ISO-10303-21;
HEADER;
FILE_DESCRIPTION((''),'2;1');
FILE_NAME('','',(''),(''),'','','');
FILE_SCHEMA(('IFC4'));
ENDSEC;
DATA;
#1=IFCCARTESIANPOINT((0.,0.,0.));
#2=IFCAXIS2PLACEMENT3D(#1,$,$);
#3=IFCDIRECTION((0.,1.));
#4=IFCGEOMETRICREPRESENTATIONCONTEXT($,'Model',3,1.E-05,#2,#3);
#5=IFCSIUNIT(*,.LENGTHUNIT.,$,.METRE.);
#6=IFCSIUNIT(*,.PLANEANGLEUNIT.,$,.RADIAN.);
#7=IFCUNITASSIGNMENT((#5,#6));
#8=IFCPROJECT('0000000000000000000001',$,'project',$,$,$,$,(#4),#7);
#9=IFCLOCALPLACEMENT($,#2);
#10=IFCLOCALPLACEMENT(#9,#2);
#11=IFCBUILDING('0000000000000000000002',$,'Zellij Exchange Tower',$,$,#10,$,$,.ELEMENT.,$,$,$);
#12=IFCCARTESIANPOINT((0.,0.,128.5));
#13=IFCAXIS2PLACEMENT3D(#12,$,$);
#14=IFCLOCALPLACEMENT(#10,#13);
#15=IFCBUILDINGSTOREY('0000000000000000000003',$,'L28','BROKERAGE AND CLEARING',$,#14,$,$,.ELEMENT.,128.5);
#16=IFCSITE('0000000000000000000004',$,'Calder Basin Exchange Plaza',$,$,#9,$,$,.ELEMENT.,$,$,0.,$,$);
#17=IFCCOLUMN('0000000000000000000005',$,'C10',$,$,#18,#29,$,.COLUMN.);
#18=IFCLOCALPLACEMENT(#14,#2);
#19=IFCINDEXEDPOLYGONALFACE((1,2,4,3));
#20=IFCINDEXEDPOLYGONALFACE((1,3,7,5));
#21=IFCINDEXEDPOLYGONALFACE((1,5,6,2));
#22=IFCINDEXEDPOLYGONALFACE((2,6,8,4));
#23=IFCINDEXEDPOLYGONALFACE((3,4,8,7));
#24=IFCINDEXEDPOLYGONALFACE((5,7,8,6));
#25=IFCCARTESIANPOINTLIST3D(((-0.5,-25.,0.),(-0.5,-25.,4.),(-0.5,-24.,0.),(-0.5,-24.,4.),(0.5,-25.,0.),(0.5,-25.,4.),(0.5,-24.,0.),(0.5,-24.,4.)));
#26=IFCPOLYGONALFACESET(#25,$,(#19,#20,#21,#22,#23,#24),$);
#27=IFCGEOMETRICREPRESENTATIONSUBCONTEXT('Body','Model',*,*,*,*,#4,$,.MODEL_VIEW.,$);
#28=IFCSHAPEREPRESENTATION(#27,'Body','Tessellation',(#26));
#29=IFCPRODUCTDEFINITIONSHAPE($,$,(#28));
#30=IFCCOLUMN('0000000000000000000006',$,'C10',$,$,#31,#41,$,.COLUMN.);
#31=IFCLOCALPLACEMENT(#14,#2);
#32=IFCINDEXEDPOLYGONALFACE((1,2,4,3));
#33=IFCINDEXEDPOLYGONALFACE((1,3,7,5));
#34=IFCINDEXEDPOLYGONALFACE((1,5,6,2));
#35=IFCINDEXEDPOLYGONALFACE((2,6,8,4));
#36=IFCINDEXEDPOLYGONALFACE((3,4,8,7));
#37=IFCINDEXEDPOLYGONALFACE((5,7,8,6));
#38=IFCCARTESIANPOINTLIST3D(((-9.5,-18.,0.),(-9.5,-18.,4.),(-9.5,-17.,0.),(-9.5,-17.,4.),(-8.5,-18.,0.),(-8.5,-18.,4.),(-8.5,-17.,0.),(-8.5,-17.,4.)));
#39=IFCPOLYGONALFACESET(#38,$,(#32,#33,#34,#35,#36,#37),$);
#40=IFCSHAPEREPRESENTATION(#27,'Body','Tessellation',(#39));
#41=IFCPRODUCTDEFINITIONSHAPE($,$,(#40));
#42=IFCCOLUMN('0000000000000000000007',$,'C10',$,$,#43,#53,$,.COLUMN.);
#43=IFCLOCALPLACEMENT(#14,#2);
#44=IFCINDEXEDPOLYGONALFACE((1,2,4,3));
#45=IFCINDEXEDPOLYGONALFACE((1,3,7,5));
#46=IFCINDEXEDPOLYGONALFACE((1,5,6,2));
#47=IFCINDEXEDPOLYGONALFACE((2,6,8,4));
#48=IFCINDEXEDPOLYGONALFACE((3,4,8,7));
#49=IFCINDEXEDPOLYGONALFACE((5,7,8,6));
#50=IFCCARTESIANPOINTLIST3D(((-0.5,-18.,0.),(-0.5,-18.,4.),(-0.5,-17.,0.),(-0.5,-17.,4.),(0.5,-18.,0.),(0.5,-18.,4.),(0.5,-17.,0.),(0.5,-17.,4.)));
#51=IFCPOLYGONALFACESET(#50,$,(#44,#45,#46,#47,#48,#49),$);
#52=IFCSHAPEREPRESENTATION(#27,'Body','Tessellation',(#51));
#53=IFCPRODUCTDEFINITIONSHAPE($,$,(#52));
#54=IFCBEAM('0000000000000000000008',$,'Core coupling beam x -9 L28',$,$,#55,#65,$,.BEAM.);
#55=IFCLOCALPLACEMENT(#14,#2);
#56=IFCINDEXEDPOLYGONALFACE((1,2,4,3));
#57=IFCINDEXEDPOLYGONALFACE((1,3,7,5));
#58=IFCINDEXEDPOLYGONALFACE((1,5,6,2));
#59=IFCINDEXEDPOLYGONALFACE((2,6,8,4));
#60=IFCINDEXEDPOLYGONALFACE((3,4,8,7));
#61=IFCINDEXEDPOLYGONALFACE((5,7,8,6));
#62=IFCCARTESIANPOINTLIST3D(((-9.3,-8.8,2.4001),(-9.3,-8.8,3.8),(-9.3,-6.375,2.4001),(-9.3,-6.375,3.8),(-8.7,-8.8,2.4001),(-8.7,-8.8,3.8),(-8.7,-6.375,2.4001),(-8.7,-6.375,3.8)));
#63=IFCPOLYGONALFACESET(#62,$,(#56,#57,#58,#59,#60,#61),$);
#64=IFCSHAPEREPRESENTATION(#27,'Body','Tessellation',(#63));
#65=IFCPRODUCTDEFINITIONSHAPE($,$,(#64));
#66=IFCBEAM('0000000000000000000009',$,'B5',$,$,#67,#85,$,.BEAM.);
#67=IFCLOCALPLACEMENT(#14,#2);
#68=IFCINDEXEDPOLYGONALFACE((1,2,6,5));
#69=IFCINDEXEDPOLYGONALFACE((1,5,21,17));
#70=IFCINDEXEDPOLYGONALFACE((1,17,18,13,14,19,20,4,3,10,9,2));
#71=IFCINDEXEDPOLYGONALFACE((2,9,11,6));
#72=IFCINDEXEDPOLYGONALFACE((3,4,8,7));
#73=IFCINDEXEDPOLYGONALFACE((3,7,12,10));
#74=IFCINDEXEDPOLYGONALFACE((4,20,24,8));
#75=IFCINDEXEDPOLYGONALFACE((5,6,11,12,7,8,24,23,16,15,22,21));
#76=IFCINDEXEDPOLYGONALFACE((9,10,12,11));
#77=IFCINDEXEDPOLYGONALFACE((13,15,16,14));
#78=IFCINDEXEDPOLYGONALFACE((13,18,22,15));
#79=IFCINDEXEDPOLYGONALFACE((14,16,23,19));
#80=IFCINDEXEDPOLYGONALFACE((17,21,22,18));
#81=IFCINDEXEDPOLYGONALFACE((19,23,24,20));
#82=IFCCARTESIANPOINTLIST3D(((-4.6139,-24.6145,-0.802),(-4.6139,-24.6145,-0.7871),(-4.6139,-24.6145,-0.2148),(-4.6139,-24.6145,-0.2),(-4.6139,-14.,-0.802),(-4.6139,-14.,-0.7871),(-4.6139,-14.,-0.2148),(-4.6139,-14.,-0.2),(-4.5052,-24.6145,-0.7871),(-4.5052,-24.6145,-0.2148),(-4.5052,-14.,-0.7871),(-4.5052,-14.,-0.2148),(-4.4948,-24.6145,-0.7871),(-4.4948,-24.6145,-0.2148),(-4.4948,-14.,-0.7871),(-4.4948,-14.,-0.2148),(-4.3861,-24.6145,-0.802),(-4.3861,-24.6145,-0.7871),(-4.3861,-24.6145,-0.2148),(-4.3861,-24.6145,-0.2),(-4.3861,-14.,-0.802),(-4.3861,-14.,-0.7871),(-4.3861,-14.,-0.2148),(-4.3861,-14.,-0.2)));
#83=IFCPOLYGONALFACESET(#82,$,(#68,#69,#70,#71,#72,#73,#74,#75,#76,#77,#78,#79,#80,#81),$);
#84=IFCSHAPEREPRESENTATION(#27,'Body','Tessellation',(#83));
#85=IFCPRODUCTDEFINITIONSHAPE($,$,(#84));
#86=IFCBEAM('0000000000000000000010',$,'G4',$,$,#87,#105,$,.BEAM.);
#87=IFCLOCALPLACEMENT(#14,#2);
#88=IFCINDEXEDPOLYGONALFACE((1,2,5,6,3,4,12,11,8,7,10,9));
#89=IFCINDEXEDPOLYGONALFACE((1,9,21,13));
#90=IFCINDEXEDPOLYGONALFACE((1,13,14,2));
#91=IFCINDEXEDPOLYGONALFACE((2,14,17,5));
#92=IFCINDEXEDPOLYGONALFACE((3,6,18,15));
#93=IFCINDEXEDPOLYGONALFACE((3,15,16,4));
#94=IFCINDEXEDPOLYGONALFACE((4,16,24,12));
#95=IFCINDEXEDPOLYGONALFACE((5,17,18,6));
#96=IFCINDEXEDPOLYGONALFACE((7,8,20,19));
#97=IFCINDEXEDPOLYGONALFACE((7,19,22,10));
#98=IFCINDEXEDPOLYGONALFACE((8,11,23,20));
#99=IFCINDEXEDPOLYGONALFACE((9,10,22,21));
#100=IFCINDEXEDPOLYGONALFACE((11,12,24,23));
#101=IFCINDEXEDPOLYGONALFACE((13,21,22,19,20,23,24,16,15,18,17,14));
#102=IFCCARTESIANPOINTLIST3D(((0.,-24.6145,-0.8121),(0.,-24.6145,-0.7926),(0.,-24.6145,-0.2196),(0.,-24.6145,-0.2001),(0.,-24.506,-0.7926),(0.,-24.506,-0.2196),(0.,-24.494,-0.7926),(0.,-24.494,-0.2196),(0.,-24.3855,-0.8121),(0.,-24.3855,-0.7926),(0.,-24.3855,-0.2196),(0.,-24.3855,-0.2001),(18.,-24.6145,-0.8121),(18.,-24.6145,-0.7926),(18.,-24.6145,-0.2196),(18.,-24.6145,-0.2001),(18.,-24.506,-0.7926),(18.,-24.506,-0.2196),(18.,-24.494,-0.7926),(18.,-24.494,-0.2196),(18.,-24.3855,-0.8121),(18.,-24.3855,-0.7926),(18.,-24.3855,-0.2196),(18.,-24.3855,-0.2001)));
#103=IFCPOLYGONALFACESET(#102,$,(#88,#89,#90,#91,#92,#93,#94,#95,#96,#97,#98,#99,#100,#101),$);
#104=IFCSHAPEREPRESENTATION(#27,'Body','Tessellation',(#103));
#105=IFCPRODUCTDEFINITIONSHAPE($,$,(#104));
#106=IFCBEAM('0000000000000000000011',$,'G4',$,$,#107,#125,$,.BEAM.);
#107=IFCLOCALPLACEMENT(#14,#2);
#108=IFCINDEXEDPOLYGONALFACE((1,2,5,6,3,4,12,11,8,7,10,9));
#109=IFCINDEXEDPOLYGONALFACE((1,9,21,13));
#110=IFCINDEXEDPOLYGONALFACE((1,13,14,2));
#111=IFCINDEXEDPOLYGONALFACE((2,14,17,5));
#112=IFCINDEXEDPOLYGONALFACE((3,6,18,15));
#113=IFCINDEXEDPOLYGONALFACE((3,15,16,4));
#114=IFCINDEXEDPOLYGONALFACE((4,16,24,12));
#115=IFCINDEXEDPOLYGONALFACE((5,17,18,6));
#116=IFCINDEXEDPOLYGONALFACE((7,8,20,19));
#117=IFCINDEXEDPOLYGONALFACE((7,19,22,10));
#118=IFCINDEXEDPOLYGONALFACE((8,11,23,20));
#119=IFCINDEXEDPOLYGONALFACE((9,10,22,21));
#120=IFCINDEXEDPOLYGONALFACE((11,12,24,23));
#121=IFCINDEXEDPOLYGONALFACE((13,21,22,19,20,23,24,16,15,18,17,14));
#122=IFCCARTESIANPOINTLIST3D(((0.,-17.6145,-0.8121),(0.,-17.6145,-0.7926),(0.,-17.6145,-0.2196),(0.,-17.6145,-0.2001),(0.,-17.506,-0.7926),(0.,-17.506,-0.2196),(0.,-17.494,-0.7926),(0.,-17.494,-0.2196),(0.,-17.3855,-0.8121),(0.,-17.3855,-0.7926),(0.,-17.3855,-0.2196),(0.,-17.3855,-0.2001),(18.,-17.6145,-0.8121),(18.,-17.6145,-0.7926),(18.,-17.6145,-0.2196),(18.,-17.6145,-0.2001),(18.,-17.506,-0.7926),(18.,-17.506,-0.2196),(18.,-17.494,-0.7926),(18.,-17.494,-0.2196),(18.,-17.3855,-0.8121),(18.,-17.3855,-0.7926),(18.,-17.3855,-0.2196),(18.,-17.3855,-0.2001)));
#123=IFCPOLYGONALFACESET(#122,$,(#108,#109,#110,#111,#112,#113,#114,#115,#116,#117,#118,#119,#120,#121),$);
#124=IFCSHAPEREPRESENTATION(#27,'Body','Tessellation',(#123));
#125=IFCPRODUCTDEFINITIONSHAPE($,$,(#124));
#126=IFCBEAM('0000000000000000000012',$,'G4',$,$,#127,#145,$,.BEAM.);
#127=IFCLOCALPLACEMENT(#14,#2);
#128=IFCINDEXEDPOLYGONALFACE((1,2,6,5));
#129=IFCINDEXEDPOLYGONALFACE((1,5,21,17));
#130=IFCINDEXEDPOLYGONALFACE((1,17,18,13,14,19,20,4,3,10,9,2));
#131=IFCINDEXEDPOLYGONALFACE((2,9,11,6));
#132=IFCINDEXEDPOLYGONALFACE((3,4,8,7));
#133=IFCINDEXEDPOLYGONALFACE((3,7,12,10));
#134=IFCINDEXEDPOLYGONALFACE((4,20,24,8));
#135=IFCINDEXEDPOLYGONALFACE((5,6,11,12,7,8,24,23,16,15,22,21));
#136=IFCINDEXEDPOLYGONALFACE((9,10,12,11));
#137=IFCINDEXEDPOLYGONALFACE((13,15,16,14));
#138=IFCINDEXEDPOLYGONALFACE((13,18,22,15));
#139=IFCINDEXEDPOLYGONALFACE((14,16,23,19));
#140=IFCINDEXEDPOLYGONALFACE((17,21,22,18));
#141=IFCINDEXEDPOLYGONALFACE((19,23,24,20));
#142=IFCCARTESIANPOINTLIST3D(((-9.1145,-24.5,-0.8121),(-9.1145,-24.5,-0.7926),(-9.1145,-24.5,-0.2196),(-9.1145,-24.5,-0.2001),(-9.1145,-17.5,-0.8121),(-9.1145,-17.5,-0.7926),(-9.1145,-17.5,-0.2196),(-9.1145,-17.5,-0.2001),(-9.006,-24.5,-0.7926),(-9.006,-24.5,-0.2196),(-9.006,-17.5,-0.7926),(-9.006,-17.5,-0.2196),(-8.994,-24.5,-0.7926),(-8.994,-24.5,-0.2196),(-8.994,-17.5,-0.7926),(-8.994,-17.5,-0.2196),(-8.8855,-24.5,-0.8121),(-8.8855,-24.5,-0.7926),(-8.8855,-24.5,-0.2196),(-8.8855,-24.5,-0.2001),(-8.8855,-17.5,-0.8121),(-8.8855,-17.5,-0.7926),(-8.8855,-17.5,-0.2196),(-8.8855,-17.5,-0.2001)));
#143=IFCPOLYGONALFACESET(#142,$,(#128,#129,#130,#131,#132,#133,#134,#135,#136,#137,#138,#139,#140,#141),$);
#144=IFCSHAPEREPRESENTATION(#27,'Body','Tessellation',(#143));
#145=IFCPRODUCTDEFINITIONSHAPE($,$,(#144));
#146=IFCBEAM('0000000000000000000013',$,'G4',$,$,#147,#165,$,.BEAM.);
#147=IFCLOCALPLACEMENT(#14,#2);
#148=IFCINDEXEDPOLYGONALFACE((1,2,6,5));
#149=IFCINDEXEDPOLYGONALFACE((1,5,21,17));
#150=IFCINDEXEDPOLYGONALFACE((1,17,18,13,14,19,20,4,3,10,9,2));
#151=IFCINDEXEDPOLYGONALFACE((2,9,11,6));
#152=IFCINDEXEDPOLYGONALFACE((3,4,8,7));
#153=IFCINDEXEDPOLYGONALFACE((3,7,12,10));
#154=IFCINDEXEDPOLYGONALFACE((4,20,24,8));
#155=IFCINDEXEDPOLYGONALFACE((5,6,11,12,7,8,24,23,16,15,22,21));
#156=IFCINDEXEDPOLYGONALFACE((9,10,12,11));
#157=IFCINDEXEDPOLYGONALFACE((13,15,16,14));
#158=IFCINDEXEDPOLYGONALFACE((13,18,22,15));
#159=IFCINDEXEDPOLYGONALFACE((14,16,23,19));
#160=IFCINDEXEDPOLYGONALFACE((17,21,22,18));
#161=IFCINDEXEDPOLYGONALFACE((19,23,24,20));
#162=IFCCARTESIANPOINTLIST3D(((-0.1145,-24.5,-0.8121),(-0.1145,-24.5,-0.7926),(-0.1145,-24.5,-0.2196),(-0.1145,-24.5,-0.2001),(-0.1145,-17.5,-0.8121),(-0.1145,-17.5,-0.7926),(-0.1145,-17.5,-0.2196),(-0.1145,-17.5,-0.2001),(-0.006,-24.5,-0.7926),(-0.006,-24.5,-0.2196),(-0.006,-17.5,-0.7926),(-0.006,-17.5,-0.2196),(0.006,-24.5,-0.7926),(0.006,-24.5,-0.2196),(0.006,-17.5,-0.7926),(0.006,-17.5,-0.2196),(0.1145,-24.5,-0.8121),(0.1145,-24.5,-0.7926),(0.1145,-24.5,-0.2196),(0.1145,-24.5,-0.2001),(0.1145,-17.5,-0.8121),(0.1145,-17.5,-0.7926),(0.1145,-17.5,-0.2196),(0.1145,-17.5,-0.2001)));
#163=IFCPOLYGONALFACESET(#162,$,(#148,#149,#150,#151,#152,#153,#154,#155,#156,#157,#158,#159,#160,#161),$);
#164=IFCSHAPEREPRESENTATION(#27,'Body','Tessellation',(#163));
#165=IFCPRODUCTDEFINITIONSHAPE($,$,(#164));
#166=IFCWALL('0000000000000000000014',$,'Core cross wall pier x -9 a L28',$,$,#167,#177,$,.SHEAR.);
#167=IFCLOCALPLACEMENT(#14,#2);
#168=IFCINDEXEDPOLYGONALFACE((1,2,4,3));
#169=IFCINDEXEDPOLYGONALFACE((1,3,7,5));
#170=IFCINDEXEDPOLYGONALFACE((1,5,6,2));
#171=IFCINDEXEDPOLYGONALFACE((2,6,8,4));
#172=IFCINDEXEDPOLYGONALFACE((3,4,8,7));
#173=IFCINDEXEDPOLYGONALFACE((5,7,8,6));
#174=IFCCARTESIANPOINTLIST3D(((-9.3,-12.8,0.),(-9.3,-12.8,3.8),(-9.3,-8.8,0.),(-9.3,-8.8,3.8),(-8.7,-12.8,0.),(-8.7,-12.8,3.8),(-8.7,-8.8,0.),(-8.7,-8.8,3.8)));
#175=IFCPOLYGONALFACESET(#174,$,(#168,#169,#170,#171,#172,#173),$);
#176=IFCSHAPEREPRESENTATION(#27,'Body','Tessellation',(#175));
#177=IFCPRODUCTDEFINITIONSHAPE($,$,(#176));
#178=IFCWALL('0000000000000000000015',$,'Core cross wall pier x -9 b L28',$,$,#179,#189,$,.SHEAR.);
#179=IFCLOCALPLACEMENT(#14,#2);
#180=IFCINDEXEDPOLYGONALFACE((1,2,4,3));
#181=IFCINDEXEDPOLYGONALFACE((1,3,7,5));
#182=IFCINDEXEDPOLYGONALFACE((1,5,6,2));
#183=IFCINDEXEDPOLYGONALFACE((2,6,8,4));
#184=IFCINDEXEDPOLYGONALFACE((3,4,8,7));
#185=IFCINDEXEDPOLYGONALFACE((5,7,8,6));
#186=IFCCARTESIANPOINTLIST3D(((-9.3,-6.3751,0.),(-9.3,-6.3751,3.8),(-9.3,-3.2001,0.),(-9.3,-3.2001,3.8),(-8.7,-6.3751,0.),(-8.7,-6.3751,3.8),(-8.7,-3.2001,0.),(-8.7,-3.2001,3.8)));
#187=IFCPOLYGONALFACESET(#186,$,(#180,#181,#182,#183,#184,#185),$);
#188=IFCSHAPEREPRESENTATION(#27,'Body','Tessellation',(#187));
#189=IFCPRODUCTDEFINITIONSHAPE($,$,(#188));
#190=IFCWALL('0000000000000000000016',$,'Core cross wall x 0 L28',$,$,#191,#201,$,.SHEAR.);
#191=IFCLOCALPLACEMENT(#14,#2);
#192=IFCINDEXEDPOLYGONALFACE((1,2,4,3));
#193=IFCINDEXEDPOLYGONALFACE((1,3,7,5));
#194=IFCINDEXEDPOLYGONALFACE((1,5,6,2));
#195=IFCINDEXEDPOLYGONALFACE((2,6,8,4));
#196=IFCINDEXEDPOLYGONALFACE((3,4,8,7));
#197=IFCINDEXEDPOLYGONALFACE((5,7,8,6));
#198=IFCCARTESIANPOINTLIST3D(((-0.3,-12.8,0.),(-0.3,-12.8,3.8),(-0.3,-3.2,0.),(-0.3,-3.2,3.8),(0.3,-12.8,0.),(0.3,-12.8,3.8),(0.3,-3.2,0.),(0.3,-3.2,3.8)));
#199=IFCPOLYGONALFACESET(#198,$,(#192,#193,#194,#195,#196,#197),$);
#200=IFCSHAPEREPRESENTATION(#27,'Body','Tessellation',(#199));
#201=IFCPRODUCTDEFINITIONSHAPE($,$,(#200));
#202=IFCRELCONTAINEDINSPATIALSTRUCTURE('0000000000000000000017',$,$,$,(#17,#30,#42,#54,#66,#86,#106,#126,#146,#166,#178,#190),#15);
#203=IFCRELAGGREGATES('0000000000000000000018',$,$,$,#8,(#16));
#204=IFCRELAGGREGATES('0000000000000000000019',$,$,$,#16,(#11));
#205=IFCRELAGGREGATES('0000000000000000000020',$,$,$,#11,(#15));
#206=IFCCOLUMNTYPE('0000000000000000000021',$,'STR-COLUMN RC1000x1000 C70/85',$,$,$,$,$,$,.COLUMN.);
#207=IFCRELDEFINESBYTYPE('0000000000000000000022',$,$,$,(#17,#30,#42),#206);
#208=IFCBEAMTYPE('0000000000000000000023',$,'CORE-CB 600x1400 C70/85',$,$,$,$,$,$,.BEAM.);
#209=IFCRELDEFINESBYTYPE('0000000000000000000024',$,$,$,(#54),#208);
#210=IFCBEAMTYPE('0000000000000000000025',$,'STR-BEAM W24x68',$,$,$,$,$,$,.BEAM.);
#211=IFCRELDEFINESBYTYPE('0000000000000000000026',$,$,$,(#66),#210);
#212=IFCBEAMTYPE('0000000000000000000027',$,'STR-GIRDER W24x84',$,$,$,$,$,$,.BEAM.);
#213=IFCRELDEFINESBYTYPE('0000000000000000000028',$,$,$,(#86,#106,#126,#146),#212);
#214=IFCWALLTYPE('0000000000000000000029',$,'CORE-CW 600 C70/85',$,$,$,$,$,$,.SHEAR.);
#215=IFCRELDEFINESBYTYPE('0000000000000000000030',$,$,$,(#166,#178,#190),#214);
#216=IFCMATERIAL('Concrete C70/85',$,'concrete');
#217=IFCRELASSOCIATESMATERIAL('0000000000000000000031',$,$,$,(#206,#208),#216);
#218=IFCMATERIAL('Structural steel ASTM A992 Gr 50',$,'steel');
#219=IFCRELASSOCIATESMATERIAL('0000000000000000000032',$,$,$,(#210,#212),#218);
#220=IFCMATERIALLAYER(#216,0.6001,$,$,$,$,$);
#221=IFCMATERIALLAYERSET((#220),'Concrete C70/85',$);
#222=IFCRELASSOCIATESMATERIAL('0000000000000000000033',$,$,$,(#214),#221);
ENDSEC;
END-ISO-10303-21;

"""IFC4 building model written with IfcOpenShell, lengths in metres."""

from ifc_helpers import new_model, si_unit, direction, frame, frame_2d, origin, origin_2d, place, context, subcontext, project, spatial, rectangle, i_section, extrude, material, layer, layer_set, material_profile, profile_set, type_object, element, save


model = new_model("IFC4")

# Units and contexts
model_context = context("Model", 3, precision=1e-05, world=origin(), true_north=direction((0.0, 1.0)))
body_context = subcontext(model_context, "Body", "Model", "MODEL_VIEW")
ifc_project = project(units=[si_unit("LENGTHUNIT", "METRE"), si_unit("PLANEANGLEUNIT", "RADIAN")], contexts=[model_context])

# Site, building, storey
site_placement = place(None, origin())
site = spatial("IfcSite", under=ifc_project, at=site_placement, Name="Calder Basin Exchange Plaza", CompositionType="ELEMENT", RefElevation=0.0)
building_placement = place(site_placement, origin())
building = spatial("IfcBuilding", under=site, at=building_placement, Name="Zellij Exchange Tower", CompositionType="ELEMENT")
storey_placement = place(building_placement, frame((0.0, 0.0, 128.5)))
storey = spatial("IfcBuildingStorey", under=building, at=storey_placement, Name="L28", Description="BROKERAGE AND CLEARING", CompositionType="ELEMENT", Elevation=128.5)

# Columns
ifc_material_1 = material(Name="Concrete C70/85", Category="concrete")
ifc_material_profile_1 = material_profile(ifc_material_1, rectangle(XDim=1.0, YDim=1.0, at=origin_2d()), Name="STR-COLUMN RC1000x1000 C70/85")
ifc_profile_set_1 = profile_set([ifc_material_profile_1], Name="Concrete C70/85")
column_type = type_object("IfcColumnType", Name="STR-COLUMN RC1000x1000 C70/85", PredefinedType="COLUMN", material=ifc_profile_set_1)
for number, where, z_axis, x_axis, name in (
    (1, (0.0, -24.5, 0.0), (0.0, 0.0, 1.0), (1.0, 0.0, 0.0), "C10"),
    (2, (-9.0, -17.5, 0.0), (0.0, 0.0, 1.0), (1.0, 0.0, 0.0), "C10"),
    (3, (0.0, -17.5, 0.0), (0.0, 0.0, 1.0), (1.0, 0.0, 0.0), "C10"),
):
    element("IfcColumn", number, at=place(storey_placement, frame(where, z_axis=z_axis, x_axis=x_axis)), inside=storey, type_object=column_type, Name=name, PredefinedType="COLUMN", context=body_context, shape_type="SweptSolid", body=[
        extrude(rectangle(XDim=1.0, YDim=1.0, at=origin_2d()), origin(), (0.0, 0.0, 1.0), 4.0),
    ])

# Beams
ifc_material_profile_2 = material_profile(ifc_material_1, rectangle(XDim=0.6001, YDim=1.3999, at=origin_2d()), Name="CORE-CB 600x1400 C70/85")
ifc_profile_set_2 = profile_set([ifc_material_profile_2], Name="Concrete C70/85")
beam_type_1 = type_object("IfcBeamType", Name="CORE-CB 600x1400 C70/85", PredefinedType="BEAM", material=ifc_profile_set_2)
beam_1_placement = place(storey_placement, frame((-9.0, -8.8, 3.1001), z_axis=(0.0, 1.0, 0.0), x_axis=(-1.0, 0.0, 0.0)))
element("IfcBeam", 4, at=beam_1_placement, inside=storey, type_object=beam_type_1, Name="Core coupling beam x -9 L28", PredefinedType="BEAM", context=body_context, shape_type="SweptSolid", body=[
    extrude(rectangle(XDim=0.6001, YDim=1.3999, at=origin_2d()), origin(), (0.0, 0.0, 1.0), 2.425),
])
ifc_material_2 = material(Name="Structural steel ASTM A992 Gr 50", Category="steel")
ifc_material_profile_3 = material_profile(ifc_material_2, i_section(OverallWidth=0.2278, OverallDepth=0.6021, WebThickness=0.0105, FlangeThickness=0.0149, at=origin_2d()), Name="W24x68")
ifc_profile_set_3 = profile_set([ifc_material_profile_3], Name="Structural steel ASTM A992 Gr 50")
beam_type_2 = type_object("IfcBeamType", Name="STR-BEAM W24x68", PredefinedType="BEAM", material=ifc_profile_set_3)
beam_2_placement = place(storey_placement, frame((-4.5, -24.6145, -0.501), z_axis=(0.0, 1.0, 0.0), x_axis=(-1.0, 0.0, 0.0)))
element("IfcBeam", 5, at=beam_2_placement, inside=storey, type_object=beam_type_2, Name="B5", PredefinedType="BEAM", context=body_context, shape_type="SweptSolid", body=[
    extrude(i_section(OverallWidth=0.2278, OverallDepth=0.6021, WebThickness=0.0105, FlangeThickness=0.0149, at=origin_2d()), origin(), (0.0, 0.0, 1.0), 10.6145),
])
ifc_material_profile_4 = material_profile(ifc_material_2, i_section(OverallWidth=0.229, OverallDepth=0.6121, WebThickness=0.012, FlangeThickness=0.0195, at=origin_2d()), Name="W24x84")
ifc_profile_set_4 = profile_set([ifc_material_profile_4], Name="Structural steel ASTM A992 Gr 50")
beam_type_3 = type_object("IfcBeamType", Name="STR-GIRDER W24x84", PredefinedType="BEAM", material=ifc_profile_set_4)
for number, where, z_axis, x_axis, name in (
    (6, (0.0, -24.5, -0.5061), (1.0, 0.0, 0.0), (0.0, 1.0, 0.0), "G4"),
    (7, (0.0, -17.5, -0.5061), (1.0, 0.0, 0.0), (0.0, 1.0, 0.0), "G4"),
):
    element("IfcBeam", number, at=place(storey_placement, frame(where, z_axis=z_axis, x_axis=x_axis)), inside=storey, type_object=beam_type_3, Name=name, PredefinedType="BEAM", context=body_context, shape_type="SweptSolid", body=[
        extrude(i_section(OverallWidth=0.229, OverallDepth=0.6121, WebThickness=0.012, FlangeThickness=0.0195, at=origin_2d()), origin(), (0.0, 0.0, 1.0), 18.0),
    ])
for number, where, z_axis, x_axis, name in (
    (8, (-9.0, -24.5, -0.5061), (0.0, 1.0, 0.0), (-1.0, 0.0, 0.0), "G4"),
    (9, (0.0, -24.5, -0.5061), (0.0, 1.0, 0.0), (-1.0, 0.0, 0.0), "G4"),
):
    element("IfcBeam", number, at=place(storey_placement, frame(where, z_axis=z_axis, x_axis=x_axis)), inside=storey, type_object=beam_type_3, Name=name, PredefinedType="BEAM", context=body_context, shape_type="SweptSolid", body=[
        extrude(i_section(OverallWidth=0.229, OverallDepth=0.6121, WebThickness=0.012, FlangeThickness=0.0195, at=origin_2d()), origin(), (0.0, 0.0, 1.0), 7.0),
    ])

# Walls
ifc_layer_1 = layer(ifc_material_1, 0.6001)
ifc_layer_set_1 = layer_set([ifc_layer_1], Name="Concrete C70/85")
wall_type_1 = type_object("IfcWallType", Name="CORE-CW 600 C70/85", PredefinedType="SHEAR", material=ifc_layer_set_1)
wall_1_placement = place(storey_placement, frame((-9.0, -12.8, 0.0), z_axis=(0.0, 0.0, 1.0), x_axis=(0.0, 1.0, 0.0)))
element("IfcWall", 10, at=wall_1_placement, inside=storey, type_object=wall_type_1, Name="Core cross wall pier x -9 a L28", PredefinedType="SHEAR", context=body_context, shape_type="SweptSolid", body=[
    extrude(rectangle(XDim=4.0, YDim=0.6001, at=frame_2d((2.0, 0.0))), origin(), (0.0, 0.0, 1.0), 3.8),
])
wall_2_placement = place(storey_placement, frame((-9.0, -6.375, 0.0), z_axis=(0.0, 0.0, 1.0), x_axis=(0.0, 1.0, 0.0)))
element("IfcWall", 11, at=wall_2_placement, inside=storey, type_object=wall_type_1, Name="Core cross wall pier x -9 b L28", PredefinedType="SHEAR", context=body_context, shape_type="SweptSolid", body=[
    extrude(rectangle(XDim=3.175, YDim=0.6001, at=frame_2d((1.5874, 0.0))), origin(), (0.0, 0.0, 1.0), 3.8),
])
wall_3_placement = place(storey_placement, frame((0.0, -12.8, 0.0), z_axis=(0.0, 0.0, 1.0), x_axis=(0.0, 1.0, 0.0)))
element("IfcWall", 12, at=wall_3_placement, inside=storey, type_object=wall_type_1, Name="Core cross wall x 0 L28", PredefinedType="SHEAR", context=body_context, shape_type="SweptSolid", body=[
    extrude(rectangle(XDim=9.6001, YDim=0.6001, at=frame_2d((4.8, 0.0))), origin(), (0.0, 0.0, 1.0), 3.8),
])

save(model, "model.ifc")
